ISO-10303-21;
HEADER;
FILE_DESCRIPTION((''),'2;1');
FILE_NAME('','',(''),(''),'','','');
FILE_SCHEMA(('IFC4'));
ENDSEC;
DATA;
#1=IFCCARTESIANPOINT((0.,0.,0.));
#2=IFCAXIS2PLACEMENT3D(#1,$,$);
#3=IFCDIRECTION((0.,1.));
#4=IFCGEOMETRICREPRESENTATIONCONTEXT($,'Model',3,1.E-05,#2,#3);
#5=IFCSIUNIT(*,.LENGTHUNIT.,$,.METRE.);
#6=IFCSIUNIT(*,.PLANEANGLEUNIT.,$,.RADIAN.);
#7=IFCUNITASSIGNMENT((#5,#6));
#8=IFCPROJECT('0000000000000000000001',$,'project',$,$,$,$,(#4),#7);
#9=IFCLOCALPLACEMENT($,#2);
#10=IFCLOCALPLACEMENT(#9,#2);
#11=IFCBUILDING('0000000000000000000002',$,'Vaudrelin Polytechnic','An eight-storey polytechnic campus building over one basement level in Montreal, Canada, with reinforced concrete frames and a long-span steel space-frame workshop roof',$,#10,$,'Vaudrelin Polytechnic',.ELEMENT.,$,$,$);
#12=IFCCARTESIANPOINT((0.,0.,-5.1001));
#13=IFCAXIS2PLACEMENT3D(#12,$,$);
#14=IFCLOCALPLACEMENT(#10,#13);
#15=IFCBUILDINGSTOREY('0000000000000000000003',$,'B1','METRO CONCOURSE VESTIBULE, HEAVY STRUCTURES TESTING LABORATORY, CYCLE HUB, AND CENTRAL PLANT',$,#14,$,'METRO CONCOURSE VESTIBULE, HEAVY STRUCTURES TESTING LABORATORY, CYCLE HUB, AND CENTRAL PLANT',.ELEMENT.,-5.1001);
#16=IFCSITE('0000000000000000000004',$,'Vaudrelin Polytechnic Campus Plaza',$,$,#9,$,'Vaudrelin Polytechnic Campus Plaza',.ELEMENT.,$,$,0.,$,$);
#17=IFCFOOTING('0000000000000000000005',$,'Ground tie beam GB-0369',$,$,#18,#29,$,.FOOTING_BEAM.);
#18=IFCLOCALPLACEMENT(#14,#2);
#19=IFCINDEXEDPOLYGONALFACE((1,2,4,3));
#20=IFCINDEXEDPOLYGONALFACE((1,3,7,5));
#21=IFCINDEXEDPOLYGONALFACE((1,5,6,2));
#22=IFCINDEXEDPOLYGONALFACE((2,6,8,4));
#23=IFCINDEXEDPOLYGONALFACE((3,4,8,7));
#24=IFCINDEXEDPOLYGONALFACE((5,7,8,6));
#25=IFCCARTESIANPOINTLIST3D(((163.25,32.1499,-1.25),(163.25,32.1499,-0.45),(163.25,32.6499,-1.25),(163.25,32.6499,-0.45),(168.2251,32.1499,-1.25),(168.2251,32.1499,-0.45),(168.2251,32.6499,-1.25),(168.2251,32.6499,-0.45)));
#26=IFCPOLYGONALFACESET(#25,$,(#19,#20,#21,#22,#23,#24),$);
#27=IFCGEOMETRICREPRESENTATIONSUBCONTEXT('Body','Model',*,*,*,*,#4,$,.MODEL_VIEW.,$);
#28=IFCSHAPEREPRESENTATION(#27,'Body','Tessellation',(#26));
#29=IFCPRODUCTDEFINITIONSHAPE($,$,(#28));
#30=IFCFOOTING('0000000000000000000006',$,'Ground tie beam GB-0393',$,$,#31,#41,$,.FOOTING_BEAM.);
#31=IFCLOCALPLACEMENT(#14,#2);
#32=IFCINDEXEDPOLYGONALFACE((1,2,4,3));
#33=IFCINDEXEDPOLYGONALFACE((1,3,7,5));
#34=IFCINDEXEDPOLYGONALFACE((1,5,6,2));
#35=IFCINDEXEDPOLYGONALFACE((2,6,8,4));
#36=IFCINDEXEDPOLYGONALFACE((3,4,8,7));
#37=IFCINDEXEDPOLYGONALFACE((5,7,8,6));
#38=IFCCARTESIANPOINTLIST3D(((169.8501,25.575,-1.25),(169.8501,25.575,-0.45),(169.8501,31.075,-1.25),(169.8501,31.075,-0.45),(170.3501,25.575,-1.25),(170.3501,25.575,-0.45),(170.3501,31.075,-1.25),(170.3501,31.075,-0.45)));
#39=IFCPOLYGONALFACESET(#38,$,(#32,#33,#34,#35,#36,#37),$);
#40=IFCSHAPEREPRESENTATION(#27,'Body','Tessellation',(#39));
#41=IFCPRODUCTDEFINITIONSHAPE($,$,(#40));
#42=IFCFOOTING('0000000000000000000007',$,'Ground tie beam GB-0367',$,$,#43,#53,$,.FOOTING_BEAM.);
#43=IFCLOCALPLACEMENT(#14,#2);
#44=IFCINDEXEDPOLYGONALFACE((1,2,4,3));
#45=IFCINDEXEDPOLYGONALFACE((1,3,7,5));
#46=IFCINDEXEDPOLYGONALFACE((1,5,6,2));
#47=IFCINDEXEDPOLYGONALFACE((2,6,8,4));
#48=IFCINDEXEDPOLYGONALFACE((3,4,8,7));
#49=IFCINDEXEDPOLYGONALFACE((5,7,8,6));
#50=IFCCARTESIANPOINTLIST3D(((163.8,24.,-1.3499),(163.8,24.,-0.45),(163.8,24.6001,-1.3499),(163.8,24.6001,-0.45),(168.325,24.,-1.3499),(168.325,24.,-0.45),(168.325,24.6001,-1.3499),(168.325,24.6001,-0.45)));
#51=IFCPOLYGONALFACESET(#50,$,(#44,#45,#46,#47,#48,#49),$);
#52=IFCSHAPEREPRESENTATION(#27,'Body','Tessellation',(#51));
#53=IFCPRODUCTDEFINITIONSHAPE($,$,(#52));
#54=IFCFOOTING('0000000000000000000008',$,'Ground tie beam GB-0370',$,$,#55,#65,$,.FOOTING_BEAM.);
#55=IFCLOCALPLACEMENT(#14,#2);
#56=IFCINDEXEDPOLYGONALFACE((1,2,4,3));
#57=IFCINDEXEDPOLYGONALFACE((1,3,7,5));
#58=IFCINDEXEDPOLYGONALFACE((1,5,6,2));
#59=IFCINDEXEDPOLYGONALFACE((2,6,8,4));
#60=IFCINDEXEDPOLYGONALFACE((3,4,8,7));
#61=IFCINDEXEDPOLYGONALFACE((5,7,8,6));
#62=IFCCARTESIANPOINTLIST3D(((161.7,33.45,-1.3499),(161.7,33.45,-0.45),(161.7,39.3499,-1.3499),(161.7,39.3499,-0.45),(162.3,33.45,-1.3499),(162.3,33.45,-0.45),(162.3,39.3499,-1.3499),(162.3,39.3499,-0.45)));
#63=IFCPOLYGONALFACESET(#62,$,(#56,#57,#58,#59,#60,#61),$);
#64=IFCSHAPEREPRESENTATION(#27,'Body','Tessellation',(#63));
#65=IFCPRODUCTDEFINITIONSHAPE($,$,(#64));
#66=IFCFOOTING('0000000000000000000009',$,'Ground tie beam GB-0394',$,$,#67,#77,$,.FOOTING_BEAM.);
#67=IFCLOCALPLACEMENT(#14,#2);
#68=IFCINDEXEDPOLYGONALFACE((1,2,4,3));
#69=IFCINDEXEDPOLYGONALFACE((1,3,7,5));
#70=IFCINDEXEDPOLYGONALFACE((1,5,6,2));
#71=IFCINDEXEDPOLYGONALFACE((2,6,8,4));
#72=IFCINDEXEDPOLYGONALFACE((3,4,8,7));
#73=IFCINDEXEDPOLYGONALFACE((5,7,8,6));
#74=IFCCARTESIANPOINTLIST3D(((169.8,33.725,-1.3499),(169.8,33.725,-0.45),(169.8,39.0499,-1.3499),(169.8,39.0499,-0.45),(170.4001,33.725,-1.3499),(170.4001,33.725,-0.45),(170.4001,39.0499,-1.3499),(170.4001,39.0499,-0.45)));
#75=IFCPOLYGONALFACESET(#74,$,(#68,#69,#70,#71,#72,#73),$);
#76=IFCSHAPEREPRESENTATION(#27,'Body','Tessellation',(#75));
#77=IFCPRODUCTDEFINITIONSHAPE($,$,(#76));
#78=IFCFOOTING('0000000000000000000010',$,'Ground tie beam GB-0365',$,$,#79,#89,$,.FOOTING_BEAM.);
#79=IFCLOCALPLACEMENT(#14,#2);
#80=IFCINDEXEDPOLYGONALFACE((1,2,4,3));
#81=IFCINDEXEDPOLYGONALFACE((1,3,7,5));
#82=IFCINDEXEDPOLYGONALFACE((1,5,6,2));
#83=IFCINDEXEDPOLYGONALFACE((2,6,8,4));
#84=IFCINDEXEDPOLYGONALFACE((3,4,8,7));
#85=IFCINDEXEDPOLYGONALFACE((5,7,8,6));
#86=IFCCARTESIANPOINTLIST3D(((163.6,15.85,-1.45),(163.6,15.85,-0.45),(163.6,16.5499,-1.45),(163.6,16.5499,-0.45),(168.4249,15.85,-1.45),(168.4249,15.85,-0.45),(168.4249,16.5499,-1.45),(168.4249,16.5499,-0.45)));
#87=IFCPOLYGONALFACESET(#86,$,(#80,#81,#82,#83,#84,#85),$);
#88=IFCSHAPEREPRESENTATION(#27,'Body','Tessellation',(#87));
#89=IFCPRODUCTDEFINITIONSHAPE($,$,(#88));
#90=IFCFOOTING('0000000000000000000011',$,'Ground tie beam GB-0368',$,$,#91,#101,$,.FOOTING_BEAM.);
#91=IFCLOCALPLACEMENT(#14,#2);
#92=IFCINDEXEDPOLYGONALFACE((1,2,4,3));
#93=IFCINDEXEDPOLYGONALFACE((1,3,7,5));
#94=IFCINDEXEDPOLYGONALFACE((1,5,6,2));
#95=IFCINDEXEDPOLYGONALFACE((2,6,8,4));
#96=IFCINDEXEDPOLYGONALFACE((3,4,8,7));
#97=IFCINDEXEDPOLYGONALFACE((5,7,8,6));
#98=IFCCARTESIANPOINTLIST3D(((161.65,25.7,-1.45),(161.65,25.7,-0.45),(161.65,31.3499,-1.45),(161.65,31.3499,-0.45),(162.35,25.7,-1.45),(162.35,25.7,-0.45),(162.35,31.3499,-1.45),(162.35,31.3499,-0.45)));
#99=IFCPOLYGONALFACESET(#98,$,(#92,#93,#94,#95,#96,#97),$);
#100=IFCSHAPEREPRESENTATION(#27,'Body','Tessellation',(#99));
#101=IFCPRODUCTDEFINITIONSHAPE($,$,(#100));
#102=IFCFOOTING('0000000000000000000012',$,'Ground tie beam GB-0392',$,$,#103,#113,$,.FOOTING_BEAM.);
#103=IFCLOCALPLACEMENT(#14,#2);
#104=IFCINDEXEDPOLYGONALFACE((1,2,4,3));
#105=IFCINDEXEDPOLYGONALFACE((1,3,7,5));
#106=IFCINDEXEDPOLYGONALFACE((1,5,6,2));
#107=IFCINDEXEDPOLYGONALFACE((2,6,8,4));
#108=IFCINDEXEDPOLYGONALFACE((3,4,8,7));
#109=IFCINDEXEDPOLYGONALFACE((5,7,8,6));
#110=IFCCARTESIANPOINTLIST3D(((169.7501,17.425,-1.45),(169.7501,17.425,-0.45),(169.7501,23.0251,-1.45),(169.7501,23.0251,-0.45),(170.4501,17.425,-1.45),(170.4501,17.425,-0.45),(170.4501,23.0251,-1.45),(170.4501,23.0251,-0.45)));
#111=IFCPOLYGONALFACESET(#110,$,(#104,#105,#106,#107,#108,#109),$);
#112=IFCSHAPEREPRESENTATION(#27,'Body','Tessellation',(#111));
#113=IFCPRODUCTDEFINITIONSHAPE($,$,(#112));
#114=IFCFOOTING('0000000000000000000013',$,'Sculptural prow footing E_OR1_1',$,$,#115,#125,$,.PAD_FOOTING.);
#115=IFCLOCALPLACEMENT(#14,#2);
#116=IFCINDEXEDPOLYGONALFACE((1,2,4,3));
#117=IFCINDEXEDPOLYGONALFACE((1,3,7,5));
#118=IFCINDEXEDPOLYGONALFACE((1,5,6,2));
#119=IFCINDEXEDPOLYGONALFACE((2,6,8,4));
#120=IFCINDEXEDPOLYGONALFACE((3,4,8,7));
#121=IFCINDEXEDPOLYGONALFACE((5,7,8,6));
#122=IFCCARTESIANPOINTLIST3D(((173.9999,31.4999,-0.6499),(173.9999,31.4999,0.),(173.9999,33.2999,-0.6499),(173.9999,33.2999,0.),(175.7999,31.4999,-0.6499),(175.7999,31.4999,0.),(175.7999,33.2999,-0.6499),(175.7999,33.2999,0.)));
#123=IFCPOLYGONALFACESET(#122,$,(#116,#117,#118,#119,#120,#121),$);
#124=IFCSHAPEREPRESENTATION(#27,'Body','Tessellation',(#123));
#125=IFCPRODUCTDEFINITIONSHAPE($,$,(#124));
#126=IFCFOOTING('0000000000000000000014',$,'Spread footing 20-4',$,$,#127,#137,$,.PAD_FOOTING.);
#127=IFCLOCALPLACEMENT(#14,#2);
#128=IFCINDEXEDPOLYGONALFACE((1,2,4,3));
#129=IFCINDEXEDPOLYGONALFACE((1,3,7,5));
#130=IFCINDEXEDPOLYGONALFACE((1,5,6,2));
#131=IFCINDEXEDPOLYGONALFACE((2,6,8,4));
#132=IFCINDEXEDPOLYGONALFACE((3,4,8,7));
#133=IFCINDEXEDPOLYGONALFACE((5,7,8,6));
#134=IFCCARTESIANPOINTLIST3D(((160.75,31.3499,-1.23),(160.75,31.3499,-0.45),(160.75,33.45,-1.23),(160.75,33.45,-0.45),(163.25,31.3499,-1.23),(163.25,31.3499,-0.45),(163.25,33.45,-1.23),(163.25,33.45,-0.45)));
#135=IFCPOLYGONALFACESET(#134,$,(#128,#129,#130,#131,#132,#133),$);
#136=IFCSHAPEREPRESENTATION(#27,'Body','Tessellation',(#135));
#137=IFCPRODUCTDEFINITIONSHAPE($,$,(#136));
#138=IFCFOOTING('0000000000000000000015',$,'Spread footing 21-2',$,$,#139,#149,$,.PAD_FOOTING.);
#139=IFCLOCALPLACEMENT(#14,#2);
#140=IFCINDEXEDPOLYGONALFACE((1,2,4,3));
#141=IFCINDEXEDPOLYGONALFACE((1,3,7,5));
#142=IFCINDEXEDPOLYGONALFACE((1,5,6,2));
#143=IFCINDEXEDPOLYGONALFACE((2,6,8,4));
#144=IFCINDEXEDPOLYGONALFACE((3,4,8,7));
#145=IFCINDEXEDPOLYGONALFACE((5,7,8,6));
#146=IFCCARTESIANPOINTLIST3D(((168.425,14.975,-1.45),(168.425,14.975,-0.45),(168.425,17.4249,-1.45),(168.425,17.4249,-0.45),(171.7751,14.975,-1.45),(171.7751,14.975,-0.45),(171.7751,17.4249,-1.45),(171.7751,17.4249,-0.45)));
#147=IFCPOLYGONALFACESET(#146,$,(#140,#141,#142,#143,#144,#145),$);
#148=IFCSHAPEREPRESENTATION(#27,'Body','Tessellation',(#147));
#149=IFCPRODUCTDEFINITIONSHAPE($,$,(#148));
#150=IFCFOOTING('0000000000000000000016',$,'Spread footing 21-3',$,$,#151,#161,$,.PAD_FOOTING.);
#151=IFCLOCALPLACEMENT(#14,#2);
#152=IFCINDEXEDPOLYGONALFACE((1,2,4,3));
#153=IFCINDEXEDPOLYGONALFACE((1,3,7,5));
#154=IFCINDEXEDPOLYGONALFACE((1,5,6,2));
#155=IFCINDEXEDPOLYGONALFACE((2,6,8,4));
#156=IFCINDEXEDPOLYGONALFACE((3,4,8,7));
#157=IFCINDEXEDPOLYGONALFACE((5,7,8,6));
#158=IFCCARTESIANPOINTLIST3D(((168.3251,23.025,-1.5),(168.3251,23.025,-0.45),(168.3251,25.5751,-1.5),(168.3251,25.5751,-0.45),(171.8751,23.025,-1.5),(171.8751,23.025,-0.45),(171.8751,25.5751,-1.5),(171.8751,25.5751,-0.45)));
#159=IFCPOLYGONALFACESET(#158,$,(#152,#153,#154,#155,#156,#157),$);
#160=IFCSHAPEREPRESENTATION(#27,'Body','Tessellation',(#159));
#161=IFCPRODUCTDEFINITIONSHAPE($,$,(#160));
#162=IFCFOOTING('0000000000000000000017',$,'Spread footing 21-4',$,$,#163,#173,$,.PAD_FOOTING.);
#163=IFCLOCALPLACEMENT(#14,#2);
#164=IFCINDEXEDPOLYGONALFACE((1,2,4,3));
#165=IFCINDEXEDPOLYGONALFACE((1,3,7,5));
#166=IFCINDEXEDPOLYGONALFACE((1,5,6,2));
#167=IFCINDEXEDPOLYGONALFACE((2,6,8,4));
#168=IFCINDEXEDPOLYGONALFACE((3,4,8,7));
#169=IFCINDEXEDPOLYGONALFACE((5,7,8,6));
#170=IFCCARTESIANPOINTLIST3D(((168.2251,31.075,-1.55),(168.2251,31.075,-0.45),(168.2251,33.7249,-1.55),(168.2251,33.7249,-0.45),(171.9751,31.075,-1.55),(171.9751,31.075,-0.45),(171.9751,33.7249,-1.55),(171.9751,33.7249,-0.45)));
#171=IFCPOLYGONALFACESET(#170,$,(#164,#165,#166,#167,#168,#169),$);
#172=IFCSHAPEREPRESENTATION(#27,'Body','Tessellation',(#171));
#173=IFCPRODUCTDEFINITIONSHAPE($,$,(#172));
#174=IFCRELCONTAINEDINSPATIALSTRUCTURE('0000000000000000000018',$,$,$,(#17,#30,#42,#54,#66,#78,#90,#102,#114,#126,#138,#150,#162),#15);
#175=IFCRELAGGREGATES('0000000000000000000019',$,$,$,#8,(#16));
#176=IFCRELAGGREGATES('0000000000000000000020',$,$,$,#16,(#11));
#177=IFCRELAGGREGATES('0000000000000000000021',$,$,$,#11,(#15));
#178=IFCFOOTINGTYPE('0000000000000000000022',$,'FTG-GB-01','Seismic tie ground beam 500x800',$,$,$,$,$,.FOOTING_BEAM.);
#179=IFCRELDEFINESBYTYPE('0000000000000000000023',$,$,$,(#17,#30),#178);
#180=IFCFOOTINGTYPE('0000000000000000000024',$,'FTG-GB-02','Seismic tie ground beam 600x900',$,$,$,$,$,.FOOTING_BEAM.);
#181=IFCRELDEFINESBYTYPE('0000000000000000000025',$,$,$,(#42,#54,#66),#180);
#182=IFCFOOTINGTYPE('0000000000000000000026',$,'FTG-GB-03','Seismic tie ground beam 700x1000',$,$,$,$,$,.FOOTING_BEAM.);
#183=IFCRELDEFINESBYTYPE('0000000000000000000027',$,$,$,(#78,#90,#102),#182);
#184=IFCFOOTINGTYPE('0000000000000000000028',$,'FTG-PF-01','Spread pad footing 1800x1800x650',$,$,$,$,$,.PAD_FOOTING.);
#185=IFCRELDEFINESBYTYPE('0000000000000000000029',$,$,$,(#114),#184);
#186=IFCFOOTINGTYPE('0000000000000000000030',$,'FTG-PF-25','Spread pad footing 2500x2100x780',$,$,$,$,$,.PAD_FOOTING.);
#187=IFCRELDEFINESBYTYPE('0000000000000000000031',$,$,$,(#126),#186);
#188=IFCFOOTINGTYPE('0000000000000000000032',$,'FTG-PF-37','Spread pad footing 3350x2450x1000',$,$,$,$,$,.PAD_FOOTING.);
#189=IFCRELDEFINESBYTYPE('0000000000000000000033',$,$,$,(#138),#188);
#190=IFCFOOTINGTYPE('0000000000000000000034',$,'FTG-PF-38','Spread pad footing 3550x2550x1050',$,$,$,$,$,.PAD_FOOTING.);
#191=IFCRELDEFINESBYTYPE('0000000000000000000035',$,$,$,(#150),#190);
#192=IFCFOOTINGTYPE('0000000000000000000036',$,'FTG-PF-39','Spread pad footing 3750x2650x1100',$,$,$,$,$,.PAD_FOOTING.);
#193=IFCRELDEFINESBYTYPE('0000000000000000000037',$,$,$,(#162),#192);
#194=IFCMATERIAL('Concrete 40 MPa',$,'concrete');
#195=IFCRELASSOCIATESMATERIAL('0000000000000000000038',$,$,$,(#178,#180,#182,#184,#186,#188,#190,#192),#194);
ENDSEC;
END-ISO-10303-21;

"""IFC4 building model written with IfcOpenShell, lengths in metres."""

from ifc_helpers import new_model, si_unit, direction, frame, origin, origin_2d, place, context, subcontext, project, spatial, rectangle, extrude, material, type_object, element, save


model = new_model("IFC4")

# Units and contexts
model_context = context("Model", 3, precision=1e-05, world=origin(), true_north=direction((0.0, 1.0)))
body_context = subcontext(model_context, "Body", "Model", "MODEL_VIEW")
ifc_project = project(units=[si_unit("LENGTHUNIT", "METRE"), si_unit("PLANEANGLEUNIT", "RADIAN")], contexts=[model_context])

# Site, building, storey
site_placement = place(None, origin())
site = spatial("IfcSite", under=ifc_project, at=site_placement, Name="Vaudrelin Polytechnic Campus Plaza", LongName="Vaudrelin Polytechnic Campus Plaza", CompositionType="ELEMENT", RefElevation=0.0)
building_placement = place(site_placement, origin())
building = spatial("IfcBuilding", under=site, at=building_placement, Name="Vaudrelin Polytechnic", Description="An eight-storey polytechnic campus building over one basement level in Montreal, Canada, with reinforced concrete frames and a long-span steel space-frame workshop roof", LongName="Vaudrelin Polytechnic", CompositionType="ELEMENT")
storey_placement = place(building_placement, frame((0.0, 0.0, -5.1001)))
storey = spatial("IfcBuildingStorey", under=building, at=storey_placement, Name="B1", Description="METRO CONCOURSE VESTIBULE, HEAVY STRUCTURES TESTING LABORATORY, CYCLE HUB, AND CENTRAL PLANT", LongName="METRO CONCOURSE VESTIBULE, HEAVY STRUCTURES TESTING LABORATORY, CYCLE HUB, AND CENTRAL PLANT", CompositionType="ELEMENT", Elevation=-5.1001)

# Footings
ifc_material_1 = material(Name="Concrete 40 MPa", Category="concrete")
footing_type_1 = type_object("IfcFootingType", Name="FTG-GB-01", Description="Seismic tie ground beam 500x800", PredefinedType="FOOTING_BEAM", material=ifc_material_1)
footing_1_placement = place(storey_placement, frame((165.7375, 32.3999, -1.25), z_axis=(0.0, 0.0, 1.0), x_axis=(1.0, 0.0, 0.0)))
element("IfcFooting", 1, at=footing_1_placement, inside=storey, type_object=footing_type_1, Name="Ground tie beam GB-0369", PredefinedType="FOOTING_BEAM", context=body_context, shape_type="SweptSolid", body=[
    extrude(rectangle(XDim=4.9751, YDim=0.5, at=origin_2d()), origin(), (0.0, 0.0, 1.0), 0.8),
])
footing_2_placement = place(storey_placement, frame((170.1001, 28.325, -1.25), z_axis=(0.0, 0.0, 1.0), x_axis=(1.0, 0.0, 0.0)))
element("IfcFooting", 2, at=footing_2_placement, inside=storey, type_object=footing_type_1, Name="Ground tie beam GB-0393", PredefinedType="FOOTING_BEAM", context=body_context, shape_type="SweptSolid", body=[
    extrude(rectangle(XDim=0.5, YDim=5.5, at=origin_2d()), origin(), (0.0, 0.0, 1.0), 0.8),
])
footing_type_2 = type_object("IfcFootingType", Name="FTG-GB-02", Description="Seismic tie ground beam 600x900", PredefinedType="FOOTING_BEAM", material=ifc_material_1)
footing_3_placement = place(storey_placement, frame((166.0625, 24.3, -1.3499), z_axis=(0.0, 0.0, 1.0), x_axis=(1.0, 0.0, 0.0)))
element("IfcFooting", 3, at=footing_3_placement, inside=storey, type_object=footing_type_2, Name="Ground tie beam GB-0367", PredefinedType="FOOTING_BEAM", context=body_context, shape_type="SweptSolid", body=[
    extrude(rectangle(XDim=4.5249, YDim=0.6001, at=origin_2d()), origin(), (0.0, 0.0, 1.0), 0.8999),
])
footing_4_placement = place(storey_placement, frame((162.0, 36.3999, -1.3499), z_axis=(0.0, 0.0, 1.0), x_axis=(1.0, 0.0, 0.0)))
element("IfcFooting", 4, at=footing_4_placement, inside=storey, type_object=footing_type_2, Name="Ground tie beam GB-0370", PredefinedType="FOOTING_BEAM", context=body_context, shape_type="SweptSolid", body=[
    extrude(rectangle(XDim=0.6001, YDim=5.8999, at=origin_2d()), origin(), (0.0, 0.0, 1.0), 0.8999),
])
footing_5_placement = place(storey_placement, frame((170.1001, 36.3875, -1.3499), z_axis=(0.0, 0.0, 1.0), x_axis=(1.0, 0.0, 0.0)))
element("IfcFooting", 5, at=footing_5_placement, inside=storey, type_object=footing_type_2, Name="Ground tie beam GB-0394", PredefinedType="FOOTING_BEAM", context=body_context, shape_type="SweptSolid", body=[
    extrude(rectangle(XDim=0.6001, YDim=5.325, at=origin_2d()), origin(), (0.0, 0.0, 1.0), 0.8999),
])
footing_type_3 = type_object("IfcFootingType", Name="FTG-GB-03", Description="Seismic tie ground beam 700x1000", PredefinedType="FOOTING_BEAM", material=ifc_material_1)
footing_6_placement = place(storey_placement, frame((166.0125, 16.2, -1.45), z_axis=(0.0, 0.0, 1.0), x_axis=(1.0, 0.0, 0.0)))
element("IfcFooting", 6, at=footing_6_placement, inside=storey, type_object=footing_type_3, Name="Ground tie beam GB-0365", PredefinedType="FOOTING_BEAM", context=body_context, shape_type="SweptSolid", body=[
    extrude(rectangle(XDim=4.825, YDim=0.7, at=origin_2d()), origin(), (0.0, 0.0, 1.0), 1.0),
])
footing_7_placement = place(storey_placement, frame((162.0, 28.5249, -1.45), z_axis=(0.0, 0.0, 1.0), x_axis=(1.0, 0.0, 0.0)))
element("IfcFooting", 7, at=footing_7_placement, inside=storey, type_object=footing_type_3, Name="Ground tie beam GB-0368", PredefinedType="FOOTING_BEAM", context=body_context, shape_type="SweptSolid", body=[
    extrude(rectangle(XDim=0.7, YDim=5.6499, at=origin_2d()), origin(), (0.0, 0.0, 1.0), 1.0),
])
footing_8_placement = place(storey_placement, frame((170.1001, 20.2251, -1.45), z_axis=(0.0, 0.0, 1.0), x_axis=(1.0, 0.0, 0.0)))
element("IfcFooting", 8, at=footing_8_placement, inside=storey, type_object=footing_type_3, Name="Ground tie beam GB-0392", PredefinedType="FOOTING_BEAM", context=body_context, shape_type="SweptSolid", body=[
    extrude(rectangle(XDim=0.7, YDim=5.6001, at=origin_2d()), origin(), (0.0, 0.0, 1.0), 1.0),
])
footing_type_4 = type_object("IfcFootingType", Name="FTG-PF-01", Description="Spread pad footing 1800x1800x650", PredefinedType="PAD_FOOTING", material=ifc_material_1)
footing_9_placement = place(storey_placement, frame((174.8999, 32.3999, -0.6499), z_axis=(0.0, 0.0, 1.0), x_axis=(1.0, 0.0, 0.0)))
element("IfcFooting", 9, at=footing_9_placement, inside=storey, type_object=footing_type_4, Name="Sculptural prow footing E_OR1_1", PredefinedType="PAD_FOOTING", context=body_context, shape_type="SweptSolid", body=[
    extrude(rectangle(XDim=1.8, YDim=1.8, at=origin_2d()), origin(), (0.0, 0.0, 1.0), 0.6499),
])
footing_type_5 = type_object("IfcFootingType", Name="FTG-PF-25", Description="Spread pad footing 2500x2100x780", PredefinedType="PAD_FOOTING", material=ifc_material_1)
footing_10_placement = place(storey_placement, frame((162.0, 32.3999, -1.23), z_axis=(0.0, 0.0, 1.0), x_axis=(1.0, 0.0, 0.0)))
element("IfcFooting", 10, at=footing_10_placement, inside=storey, type_object=footing_type_5, Name="Spread footing 20-4", PredefinedType="PAD_FOOTING", context=body_context, shape_type="SweptSolid", body=[
    extrude(rectangle(XDim=2.5, YDim=2.1001, at=origin_2d()), origin(), (0.0, 0.0, 1.0), 0.78),
])
footing_type_6 = type_object("IfcFootingType", Name="FTG-PF-37", Description="Spread pad footing 3350x2450x1000", PredefinedType="PAD_FOOTING", material=ifc_material_1)
footing_11_placement = place(storey_placement, frame((170.1001, 16.2, -1.45), z_axis=(0.0, 0.0, 1.0), x_axis=(1.0, 0.0, 0.0)))
element("IfcFooting", 11, at=footing_11_placement, inside=storey, type_object=footing_type_6, Name="Spread footing 21-2", PredefinedType="PAD_FOOTING", context=body_context, shape_type="SweptSolid", body=[
    extrude(rectangle(XDim=3.3501, YDim=2.45, at=origin_2d()), origin(), (0.0, 0.0, 1.0), 1.0),
])
footing_type_7 = type_object("IfcFootingType", Name="FTG-PF-38", Description="Spread pad footing 3550x2550x1050", PredefinedType="PAD_FOOTING", material=ifc_material_1)
footing_12_placement = place(storey_placement, frame((170.1001, 24.3, -1.5), z_axis=(0.0, 0.0, 1.0), x_axis=(1.0, 0.0, 0.0)))
element("IfcFooting", 12, at=footing_12_placement, inside=storey, type_object=footing_type_7, Name="Spread footing 21-3", PredefinedType="PAD_FOOTING", context=body_context, shape_type="SweptSolid", body=[
    extrude(rectangle(XDim=3.55, YDim=2.55, at=origin_2d()), origin(), (0.0, 0.0, 1.0), 1.05),
])
footing_type_8 = type_object("IfcFootingType", Name="FTG-PF-39", Description="Spread pad footing 3750x2650x1100", PredefinedType="PAD_FOOTING", material=ifc_material_1)
footing_13_placement = place(storey_placement, frame((170.1001, 32.3999, -1.55), z_axis=(0.0, 0.0, 1.0), x_axis=(1.0, 0.0, 0.0)))
element("IfcFooting", 13, at=footing_13_placement, inside=storey, type_object=footing_type_8, Name="Spread footing 21-4", PredefinedType="PAD_FOOTING", context=body_context, shape_type="SweptSolid", body=[
    extrude(rectangle(XDim=3.75, YDim=2.6499, at=origin_2d()), origin(), (0.0, 0.0, 1.0), 1.1001),
])

save(model, "model.ifc")
